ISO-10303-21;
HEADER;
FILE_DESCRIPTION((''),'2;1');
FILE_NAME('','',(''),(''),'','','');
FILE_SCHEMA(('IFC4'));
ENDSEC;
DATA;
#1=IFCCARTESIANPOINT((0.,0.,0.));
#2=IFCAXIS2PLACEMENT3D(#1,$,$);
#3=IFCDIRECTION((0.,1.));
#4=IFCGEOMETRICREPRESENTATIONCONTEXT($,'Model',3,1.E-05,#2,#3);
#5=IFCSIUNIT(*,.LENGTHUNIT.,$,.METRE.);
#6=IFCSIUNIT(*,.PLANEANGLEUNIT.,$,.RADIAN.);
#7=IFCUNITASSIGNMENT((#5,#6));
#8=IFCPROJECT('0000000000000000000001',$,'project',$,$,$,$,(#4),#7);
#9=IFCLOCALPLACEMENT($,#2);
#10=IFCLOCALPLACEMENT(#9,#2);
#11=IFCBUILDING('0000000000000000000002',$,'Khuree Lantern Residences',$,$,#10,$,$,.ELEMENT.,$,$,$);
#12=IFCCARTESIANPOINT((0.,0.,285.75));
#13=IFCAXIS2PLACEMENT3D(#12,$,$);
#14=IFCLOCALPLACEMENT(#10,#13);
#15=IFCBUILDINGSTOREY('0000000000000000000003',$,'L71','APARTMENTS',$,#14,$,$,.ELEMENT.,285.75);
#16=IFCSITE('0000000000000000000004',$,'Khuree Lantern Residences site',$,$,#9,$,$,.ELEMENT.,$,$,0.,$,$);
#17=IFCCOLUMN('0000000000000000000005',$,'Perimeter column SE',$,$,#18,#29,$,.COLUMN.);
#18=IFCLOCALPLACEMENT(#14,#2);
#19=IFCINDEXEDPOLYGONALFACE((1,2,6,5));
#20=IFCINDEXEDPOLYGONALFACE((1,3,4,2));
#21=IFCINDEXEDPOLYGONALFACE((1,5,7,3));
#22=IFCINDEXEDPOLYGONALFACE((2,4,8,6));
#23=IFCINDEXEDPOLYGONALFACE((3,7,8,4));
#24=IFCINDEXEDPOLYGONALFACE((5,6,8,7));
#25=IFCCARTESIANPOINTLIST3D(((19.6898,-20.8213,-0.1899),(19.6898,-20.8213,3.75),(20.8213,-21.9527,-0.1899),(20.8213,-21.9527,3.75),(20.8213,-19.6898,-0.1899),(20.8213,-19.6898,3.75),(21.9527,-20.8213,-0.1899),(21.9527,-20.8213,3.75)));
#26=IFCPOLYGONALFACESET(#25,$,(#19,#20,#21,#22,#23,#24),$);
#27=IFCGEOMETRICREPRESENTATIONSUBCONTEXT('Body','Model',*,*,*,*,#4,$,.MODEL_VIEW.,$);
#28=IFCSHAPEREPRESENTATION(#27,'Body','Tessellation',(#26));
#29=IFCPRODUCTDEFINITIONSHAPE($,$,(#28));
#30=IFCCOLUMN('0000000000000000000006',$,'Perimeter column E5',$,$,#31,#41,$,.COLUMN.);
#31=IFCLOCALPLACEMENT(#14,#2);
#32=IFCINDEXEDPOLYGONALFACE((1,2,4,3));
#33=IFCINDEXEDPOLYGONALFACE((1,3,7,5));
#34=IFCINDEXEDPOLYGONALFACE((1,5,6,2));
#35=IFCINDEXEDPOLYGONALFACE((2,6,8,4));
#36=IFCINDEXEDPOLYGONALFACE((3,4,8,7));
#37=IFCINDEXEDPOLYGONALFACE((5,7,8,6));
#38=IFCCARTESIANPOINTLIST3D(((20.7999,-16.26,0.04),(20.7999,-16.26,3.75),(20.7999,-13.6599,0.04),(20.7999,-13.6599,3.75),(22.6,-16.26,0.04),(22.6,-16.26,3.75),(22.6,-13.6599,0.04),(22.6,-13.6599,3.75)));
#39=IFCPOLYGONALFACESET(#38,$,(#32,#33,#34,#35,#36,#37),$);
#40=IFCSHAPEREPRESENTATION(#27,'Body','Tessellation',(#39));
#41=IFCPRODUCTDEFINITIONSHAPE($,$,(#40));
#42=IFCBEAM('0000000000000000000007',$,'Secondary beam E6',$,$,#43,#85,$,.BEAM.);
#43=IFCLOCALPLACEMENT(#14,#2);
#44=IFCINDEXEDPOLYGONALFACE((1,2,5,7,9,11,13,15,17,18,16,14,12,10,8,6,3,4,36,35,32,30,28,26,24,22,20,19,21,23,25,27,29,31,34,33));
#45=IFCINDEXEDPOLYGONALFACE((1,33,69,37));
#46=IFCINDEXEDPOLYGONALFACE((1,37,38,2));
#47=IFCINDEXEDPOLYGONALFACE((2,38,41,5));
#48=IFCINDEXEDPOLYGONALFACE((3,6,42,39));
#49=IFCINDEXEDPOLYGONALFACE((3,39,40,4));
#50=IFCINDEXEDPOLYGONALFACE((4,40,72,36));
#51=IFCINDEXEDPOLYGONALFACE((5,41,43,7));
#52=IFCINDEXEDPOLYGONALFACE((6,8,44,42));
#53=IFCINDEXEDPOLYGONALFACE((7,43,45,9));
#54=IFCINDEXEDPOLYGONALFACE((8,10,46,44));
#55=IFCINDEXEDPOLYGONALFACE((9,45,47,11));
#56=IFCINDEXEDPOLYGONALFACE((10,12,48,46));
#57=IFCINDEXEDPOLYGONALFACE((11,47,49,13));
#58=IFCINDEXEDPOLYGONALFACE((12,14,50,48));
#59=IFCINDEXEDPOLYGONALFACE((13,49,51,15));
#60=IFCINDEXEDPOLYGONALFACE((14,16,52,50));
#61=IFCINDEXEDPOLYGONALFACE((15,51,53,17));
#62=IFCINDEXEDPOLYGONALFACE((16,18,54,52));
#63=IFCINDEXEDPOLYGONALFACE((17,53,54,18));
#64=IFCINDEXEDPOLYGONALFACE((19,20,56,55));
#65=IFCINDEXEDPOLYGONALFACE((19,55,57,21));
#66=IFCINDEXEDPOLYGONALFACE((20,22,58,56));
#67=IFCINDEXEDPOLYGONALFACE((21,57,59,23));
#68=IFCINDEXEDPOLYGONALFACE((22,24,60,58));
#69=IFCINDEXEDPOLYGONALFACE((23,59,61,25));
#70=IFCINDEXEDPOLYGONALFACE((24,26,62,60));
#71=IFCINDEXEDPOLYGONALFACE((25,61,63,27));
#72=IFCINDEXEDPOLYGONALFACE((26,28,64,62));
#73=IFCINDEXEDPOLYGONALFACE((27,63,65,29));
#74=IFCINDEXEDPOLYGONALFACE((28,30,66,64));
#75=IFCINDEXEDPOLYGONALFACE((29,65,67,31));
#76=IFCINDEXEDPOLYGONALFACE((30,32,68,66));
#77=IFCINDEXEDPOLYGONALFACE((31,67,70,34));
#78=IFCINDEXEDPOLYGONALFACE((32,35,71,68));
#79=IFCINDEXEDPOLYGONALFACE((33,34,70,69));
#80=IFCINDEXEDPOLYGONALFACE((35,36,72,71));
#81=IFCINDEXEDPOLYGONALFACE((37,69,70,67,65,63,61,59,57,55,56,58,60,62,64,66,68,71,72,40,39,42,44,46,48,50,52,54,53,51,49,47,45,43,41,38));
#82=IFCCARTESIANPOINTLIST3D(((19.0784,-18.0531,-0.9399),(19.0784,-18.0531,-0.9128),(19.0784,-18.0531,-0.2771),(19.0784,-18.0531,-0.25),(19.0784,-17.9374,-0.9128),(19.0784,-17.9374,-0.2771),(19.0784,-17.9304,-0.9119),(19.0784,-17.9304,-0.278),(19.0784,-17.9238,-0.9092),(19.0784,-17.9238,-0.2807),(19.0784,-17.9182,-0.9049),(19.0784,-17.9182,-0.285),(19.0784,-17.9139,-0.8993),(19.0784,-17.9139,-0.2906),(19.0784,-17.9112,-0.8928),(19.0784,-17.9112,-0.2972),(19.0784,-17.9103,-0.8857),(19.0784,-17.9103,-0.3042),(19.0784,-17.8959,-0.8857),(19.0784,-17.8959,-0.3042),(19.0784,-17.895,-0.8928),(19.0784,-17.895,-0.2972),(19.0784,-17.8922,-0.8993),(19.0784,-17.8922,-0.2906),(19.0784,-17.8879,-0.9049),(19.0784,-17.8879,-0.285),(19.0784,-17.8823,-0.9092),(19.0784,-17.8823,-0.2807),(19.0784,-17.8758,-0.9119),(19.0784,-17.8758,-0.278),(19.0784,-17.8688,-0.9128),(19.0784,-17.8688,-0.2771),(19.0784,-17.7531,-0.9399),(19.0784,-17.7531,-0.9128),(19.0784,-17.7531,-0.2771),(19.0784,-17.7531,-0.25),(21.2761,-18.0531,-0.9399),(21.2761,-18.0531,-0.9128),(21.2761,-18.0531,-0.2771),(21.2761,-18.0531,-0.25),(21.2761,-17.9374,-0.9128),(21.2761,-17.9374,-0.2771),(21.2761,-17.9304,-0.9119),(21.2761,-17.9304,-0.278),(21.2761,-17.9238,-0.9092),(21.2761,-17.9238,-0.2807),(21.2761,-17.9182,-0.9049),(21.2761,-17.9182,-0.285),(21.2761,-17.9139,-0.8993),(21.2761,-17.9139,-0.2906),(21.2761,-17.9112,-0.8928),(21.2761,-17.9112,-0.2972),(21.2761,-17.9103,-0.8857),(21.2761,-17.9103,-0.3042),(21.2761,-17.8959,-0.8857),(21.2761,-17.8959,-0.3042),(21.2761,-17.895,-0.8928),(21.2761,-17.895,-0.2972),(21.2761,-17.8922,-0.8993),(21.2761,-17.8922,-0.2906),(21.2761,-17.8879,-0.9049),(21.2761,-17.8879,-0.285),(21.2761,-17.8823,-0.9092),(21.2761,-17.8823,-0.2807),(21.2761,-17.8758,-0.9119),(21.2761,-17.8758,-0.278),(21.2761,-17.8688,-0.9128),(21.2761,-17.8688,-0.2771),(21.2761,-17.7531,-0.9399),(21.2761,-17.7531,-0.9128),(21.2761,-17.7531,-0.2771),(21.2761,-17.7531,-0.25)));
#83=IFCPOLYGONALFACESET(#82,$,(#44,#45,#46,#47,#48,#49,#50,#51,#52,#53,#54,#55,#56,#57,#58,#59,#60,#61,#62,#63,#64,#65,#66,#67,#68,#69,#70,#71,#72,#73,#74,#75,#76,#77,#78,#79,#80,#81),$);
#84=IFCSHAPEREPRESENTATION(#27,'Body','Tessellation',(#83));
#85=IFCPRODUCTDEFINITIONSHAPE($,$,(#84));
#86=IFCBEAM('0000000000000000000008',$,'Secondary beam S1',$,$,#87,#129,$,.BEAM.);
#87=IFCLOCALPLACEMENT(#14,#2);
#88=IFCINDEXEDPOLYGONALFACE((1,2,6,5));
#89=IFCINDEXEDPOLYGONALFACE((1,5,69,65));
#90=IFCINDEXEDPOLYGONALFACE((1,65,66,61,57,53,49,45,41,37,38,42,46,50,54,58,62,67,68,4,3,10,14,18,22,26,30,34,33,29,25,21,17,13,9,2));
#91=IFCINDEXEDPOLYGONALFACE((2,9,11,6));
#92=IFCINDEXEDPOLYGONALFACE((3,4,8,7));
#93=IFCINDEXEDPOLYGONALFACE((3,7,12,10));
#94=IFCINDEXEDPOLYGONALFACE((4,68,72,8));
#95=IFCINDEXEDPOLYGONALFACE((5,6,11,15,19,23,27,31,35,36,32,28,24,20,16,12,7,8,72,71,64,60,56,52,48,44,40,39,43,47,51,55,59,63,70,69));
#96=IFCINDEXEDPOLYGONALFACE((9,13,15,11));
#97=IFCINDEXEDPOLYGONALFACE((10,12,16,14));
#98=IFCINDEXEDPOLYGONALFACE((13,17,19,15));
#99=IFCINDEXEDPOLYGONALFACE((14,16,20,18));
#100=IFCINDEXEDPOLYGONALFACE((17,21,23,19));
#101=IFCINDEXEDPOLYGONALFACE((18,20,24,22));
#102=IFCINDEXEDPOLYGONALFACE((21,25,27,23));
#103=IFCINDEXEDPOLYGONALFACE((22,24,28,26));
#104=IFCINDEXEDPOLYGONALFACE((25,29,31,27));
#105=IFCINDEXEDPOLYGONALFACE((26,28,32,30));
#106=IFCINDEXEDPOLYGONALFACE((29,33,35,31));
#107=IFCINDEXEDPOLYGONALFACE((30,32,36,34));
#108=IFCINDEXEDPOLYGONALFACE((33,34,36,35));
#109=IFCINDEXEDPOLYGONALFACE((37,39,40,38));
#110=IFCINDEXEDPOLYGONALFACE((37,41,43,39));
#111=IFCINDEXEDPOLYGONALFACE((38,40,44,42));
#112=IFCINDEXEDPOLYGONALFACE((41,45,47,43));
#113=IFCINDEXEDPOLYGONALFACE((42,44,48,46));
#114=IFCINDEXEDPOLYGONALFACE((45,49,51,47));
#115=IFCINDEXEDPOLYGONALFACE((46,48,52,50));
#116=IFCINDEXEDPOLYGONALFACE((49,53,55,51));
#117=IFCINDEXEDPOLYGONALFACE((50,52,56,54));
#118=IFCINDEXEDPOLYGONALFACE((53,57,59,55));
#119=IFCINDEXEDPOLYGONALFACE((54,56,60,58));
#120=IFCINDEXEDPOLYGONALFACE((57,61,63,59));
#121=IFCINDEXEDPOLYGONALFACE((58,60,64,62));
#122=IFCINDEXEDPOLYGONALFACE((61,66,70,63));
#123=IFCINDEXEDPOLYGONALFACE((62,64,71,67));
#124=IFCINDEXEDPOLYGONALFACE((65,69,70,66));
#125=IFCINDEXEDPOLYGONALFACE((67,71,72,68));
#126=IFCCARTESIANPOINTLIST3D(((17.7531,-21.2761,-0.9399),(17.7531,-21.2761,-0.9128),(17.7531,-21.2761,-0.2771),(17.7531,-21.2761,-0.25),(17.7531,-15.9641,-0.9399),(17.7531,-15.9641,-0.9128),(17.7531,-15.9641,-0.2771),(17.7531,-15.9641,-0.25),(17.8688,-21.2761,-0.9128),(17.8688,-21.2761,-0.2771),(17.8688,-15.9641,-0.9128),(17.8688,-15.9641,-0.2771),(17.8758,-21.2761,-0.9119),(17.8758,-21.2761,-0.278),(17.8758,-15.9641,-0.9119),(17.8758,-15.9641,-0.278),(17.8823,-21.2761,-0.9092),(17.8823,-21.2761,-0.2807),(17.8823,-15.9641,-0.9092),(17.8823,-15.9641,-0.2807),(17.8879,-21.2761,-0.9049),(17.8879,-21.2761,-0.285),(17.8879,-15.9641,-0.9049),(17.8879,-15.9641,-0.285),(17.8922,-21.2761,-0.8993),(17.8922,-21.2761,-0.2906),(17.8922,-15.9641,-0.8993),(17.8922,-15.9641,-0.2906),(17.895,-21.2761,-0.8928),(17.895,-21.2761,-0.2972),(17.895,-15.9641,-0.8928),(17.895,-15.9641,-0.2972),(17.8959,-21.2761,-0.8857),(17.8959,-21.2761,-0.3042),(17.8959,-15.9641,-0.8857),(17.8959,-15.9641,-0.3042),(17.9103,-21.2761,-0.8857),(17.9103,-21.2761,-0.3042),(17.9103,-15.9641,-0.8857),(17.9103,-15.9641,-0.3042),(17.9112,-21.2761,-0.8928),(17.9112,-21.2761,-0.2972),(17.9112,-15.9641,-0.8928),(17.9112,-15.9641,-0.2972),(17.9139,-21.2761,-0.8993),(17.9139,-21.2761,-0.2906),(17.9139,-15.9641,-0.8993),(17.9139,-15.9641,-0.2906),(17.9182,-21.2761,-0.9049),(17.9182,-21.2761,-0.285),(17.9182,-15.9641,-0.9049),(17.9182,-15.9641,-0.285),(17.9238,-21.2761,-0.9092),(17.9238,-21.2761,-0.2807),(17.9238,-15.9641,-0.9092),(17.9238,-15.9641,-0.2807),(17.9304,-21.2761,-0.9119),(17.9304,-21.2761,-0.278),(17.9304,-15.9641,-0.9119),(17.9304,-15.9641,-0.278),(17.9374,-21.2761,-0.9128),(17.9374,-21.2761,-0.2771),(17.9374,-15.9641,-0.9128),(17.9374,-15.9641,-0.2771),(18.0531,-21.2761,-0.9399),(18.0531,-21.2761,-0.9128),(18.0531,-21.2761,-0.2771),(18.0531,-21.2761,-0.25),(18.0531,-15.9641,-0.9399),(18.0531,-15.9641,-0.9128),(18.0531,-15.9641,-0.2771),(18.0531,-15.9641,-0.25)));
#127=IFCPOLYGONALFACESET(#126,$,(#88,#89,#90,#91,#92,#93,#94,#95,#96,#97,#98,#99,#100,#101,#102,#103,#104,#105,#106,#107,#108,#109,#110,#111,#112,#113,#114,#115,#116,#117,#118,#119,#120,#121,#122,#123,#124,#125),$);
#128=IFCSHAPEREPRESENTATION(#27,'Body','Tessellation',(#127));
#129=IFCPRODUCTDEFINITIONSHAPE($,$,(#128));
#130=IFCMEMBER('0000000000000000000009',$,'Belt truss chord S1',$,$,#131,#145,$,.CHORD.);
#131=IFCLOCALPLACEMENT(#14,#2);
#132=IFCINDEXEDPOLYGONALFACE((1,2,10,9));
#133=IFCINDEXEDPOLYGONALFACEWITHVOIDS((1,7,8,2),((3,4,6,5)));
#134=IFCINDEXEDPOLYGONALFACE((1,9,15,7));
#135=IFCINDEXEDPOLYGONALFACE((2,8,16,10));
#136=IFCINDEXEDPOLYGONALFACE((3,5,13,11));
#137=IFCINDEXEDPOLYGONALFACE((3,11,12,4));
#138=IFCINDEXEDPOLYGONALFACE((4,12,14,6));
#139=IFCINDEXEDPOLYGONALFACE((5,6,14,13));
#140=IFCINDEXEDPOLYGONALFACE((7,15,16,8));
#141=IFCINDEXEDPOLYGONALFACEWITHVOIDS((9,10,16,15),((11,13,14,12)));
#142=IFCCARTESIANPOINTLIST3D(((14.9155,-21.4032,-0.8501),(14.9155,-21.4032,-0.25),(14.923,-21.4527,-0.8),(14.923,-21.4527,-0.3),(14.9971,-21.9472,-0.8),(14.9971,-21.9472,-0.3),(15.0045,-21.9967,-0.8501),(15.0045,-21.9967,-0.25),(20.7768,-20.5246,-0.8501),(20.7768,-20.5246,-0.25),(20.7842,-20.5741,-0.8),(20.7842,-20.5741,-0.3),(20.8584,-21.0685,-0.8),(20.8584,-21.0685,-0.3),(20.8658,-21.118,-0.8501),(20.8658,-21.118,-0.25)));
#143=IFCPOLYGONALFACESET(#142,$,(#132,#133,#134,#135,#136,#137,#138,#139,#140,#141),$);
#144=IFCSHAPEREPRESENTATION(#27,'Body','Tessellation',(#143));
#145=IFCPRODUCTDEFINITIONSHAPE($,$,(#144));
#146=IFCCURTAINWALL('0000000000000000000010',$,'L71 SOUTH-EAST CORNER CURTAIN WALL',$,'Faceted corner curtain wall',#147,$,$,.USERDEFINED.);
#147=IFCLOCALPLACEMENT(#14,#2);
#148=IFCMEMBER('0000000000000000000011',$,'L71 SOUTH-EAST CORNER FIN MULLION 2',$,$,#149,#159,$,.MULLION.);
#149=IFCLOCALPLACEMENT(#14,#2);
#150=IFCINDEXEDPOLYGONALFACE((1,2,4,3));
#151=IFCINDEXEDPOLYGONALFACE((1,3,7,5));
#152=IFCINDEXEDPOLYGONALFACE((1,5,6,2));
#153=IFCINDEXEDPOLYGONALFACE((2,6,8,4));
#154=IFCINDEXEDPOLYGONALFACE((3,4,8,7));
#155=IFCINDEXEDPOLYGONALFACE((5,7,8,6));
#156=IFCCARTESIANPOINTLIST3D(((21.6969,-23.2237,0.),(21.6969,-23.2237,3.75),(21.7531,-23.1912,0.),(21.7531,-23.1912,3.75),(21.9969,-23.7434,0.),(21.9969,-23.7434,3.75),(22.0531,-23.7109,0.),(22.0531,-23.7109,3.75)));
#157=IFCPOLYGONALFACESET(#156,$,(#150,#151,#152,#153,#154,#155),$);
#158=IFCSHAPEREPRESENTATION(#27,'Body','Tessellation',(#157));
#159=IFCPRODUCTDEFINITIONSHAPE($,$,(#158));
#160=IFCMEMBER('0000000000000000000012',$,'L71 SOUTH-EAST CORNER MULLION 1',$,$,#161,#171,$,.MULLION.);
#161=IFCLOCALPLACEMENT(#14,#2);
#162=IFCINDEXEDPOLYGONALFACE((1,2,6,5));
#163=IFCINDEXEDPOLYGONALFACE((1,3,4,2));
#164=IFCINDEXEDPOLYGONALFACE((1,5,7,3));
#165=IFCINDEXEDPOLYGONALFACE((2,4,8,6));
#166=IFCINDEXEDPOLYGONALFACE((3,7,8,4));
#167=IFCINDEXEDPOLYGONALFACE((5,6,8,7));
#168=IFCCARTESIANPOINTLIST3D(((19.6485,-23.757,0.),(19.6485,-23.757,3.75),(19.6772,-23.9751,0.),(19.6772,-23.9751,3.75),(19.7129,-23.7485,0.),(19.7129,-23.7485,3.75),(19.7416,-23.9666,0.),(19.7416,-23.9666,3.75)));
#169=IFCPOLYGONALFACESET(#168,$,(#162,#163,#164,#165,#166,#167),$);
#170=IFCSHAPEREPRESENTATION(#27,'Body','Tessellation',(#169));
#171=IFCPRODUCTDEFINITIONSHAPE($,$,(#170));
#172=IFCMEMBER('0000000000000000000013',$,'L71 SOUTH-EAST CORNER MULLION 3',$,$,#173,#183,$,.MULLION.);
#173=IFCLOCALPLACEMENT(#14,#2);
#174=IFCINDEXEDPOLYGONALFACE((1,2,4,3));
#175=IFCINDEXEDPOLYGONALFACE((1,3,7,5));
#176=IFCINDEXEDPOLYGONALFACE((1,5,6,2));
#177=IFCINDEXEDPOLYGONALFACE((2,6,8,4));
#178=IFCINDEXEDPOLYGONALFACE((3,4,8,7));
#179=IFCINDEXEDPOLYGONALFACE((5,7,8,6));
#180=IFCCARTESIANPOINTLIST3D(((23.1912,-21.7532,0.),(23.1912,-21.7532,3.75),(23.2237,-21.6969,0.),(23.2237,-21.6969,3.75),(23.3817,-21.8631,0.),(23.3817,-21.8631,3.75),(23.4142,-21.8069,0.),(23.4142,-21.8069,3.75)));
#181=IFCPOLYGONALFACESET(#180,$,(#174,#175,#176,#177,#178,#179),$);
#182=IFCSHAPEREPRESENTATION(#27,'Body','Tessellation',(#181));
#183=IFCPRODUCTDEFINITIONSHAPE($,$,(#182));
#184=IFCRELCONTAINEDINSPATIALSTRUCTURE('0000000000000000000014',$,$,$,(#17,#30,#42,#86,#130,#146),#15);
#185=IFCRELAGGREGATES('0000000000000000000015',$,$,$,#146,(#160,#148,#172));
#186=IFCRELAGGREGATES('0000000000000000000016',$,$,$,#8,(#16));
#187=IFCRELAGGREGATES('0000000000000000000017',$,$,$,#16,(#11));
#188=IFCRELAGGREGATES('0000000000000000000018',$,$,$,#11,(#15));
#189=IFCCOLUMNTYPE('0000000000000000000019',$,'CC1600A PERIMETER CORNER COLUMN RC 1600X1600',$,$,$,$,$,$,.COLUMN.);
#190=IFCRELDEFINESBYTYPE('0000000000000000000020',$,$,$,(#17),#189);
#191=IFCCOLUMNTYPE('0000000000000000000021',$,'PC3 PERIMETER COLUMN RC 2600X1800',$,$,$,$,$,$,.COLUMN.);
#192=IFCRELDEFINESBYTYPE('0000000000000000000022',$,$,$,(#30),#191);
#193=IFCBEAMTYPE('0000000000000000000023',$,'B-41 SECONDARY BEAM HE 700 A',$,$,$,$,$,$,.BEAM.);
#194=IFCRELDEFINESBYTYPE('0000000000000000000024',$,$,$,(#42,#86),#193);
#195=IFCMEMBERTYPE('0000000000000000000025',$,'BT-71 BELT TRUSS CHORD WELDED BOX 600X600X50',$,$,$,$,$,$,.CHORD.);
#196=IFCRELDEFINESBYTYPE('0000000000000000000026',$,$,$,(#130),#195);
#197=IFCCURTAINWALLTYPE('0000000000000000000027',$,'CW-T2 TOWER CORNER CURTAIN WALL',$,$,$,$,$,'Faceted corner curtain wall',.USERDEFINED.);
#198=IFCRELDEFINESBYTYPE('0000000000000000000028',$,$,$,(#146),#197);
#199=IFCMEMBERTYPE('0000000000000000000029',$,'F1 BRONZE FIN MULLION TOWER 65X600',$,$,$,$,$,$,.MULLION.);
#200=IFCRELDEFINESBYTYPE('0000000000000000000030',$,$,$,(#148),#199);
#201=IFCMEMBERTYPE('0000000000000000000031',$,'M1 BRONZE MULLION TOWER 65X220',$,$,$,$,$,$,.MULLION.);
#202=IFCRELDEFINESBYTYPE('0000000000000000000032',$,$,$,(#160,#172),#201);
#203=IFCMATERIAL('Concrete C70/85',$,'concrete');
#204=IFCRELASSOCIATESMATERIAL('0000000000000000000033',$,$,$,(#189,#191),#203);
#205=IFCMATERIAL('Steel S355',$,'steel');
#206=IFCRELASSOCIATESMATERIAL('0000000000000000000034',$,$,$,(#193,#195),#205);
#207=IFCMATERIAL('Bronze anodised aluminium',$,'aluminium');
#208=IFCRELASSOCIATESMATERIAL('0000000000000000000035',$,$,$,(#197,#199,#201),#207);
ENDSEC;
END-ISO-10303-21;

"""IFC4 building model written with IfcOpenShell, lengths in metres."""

from ifc_helpers import new_model, si_unit, direction, frame, origin, origin_2d, place, context, subcontext, project, spatial, rectangle, hollow_rectangle, i_section, extrude, material, material_profile, profile_set, type_object, element, aggregate, save


model = new_model("IFC4")

# Units and contexts
model_context = context("Model", 3, precision=1e-05, world=origin(), true_north=direction((0.0, 1.0)))
body_context = subcontext(model_context, "Body", "Model", "MODEL_VIEW")
ifc_project = project(units=[si_unit("LENGTHUNIT", "METRE"), si_unit("PLANEANGLEUNIT", "RADIAN")], contexts=[model_context])

# Site, building, storey
site_placement = place(None, origin())
site = spatial("IfcSite", under=ifc_project, at=site_placement, Name="Khuree Lantern Residences site", CompositionType="ELEMENT", RefElevation=0.0)
building_placement = place(site_placement, origin())
building = spatial("IfcBuilding", under=site, at=building_placement, Name="Khuree Lantern Residences", CompositionType="ELEMENT")
storey_placement = place(building_placement, frame((0.0, 0.0, 285.75)))
storey = spatial("IfcBuildingStorey", under=building, at=storey_placement, Name="L71", Description="APARTMENTS", CompositionType="ELEMENT", Elevation=285.75)

# Columns
ifc_material_1 = material(Name="Concrete C70/85", Category="concrete")
ifc_material_profile_1 = material_profile(ifc_material_1, rectangle(XDim=1.6001, YDim=1.6001, at=origin_2d()), Name="RC 1600X1600")
ifc_profile_set_1 = profile_set([ifc_material_profile_1], Name="Concrete C70/85")
column_type_1 = type_object("IfcColumnType", Name="CC1600A PERIMETER CORNER COLUMN RC 1600X1600", PredefinedType="COLUMN", material=ifc_profile_set_1)
column_1_placement = place(storey_placement, frame((20.8213, -20.8213, -0.1899), z_axis=(0.0, 0.0, 1.0), x_axis=(0.707107, 0.707107, 0.0)))
element("IfcColumn", 1, at=column_1_placement, inside=storey, type_object=column_type_1, Name="Perimeter column SE", PredefinedType="COLUMN", context=body_context, shape_type="SweptSolid", body=[
    extrude(rectangle(XDim=1.6001, YDim=1.6001, at=origin_2d()), origin(), (0.0, 0.0, 1.0), 3.9399),
])
ifc_material_profile_2 = material_profile(ifc_material_1, rectangle(XDim=2.6001, YDim=1.8, at=origin_2d()), Name="RC 2600X1800")
ifc_profile_set_2 = profile_set([ifc_material_profile_2], Name="Concrete C70/85")
column_type_2 = type_object("IfcColumnType", Name="PC3 PERIMETER COLUMN RC 2600X1800", PredefinedType="COLUMN", material=ifc_profile_set_2)
column_2_placement = place(storey_placement, frame((21.7, -14.96, 0.04), z_axis=(0.0, 0.0, 1.0), x_axis=(0.0, 1.0, 0.0)))
element("IfcColumn", 2, at=column_2_placement, inside=storey, type_object=column_type_2, Name="Perimeter column E5", PredefinedType="COLUMN", context=body_context, shape_type="SweptSolid", body=[
    extrude(rectangle(XDim=2.6001, YDim=1.8, at=origin_2d()), origin(), (0.0, 0.0, 1.0), 3.71),
])

# Beams
ifc_material_2 = material(Name="Steel S355", Category="steel")
ifc_material_profile_3 = material_profile(ifc_material_2, i_section(OverallWidth=0.3, OverallDepth=0.6899, WebThickness=0.0144, FlangeThickness=0.0271, FilletRadius=0.0271, at=origin_2d()), Name="HE 700 A")
ifc_profile_set_3 = profile_set([ifc_material_profile_3], Name="Steel S355")
beam_type_1 = type_object("IfcBeamType", Name="B-41 SECONDARY BEAM HE 700 A", PredefinedType="BEAM", material=ifc_profile_set_3)
beam_1_placement = place(storey_placement, frame((21.2761, -17.9031, -0.595), z_axis=(-1.0, 0.0, 0.0), x_axis=(0.0, -1.0, 0.0)))
element("IfcBeam", 3, at=beam_1_placement, inside=storey, type_object=beam_type_1, Name="Secondary beam E6", PredefinedType="BEAM", context=body_context, shape_type="SweptSolid", body=[
    extrude(i_section(OverallWidth=0.3, OverallDepth=0.6899, WebThickness=0.0144, FlangeThickness=0.0271, FilletRadius=0.0271, at=origin_2d()), origin(), (0.0, 0.0, 1.0), 2.1978),
])
beam_2_placement = place(storey_placement, frame((17.9031, -21.2761, -0.595), z_axis=(0.0, 1.0, 0.0), x_axis=(-1.0, 0.0, 0.0)))
element("IfcBeam", 4, at=beam_2_placement, inside=storey, type_object=beam_type_1, Name="Secondary beam S1", PredefinedType="BEAM", context=body_context, shape_type="SweptSolid", body=[
    extrude(i_section(OverallWidth=0.3, OverallDepth=0.6899, WebThickness=0.0144, FlangeThickness=0.0271, FilletRadius=0.0271, at=origin_2d()), origin(), (0.0, 0.0, 1.0), 5.312),
])

# Member
ifc_material_profile_4 = material_profile(ifc_material_2, hollow_rectangle(XDim=0.6001, YDim=0.6001, WallThickness=0.05, at=origin_2d()), Name="WELDED BOX 600X600X50")
ifc_profile_set_4 = profile_set([ifc_material_profile_4], Name="Steel S355")
member_type_1 = type_object("IfcMemberType", Name="BT-71 BELT TRUSS CHORD WELDED BOX 600X600X50", PredefinedType="CHORD", material=ifc_profile_set_4)
member_1_placement = place(storey_placement, frame((20.8213, -20.8213, -0.55), z_axis=(-0.98895, -0.148252, 0.0), x_axis=(0.148252, -0.98895, 0.0)))
element("IfcMember", 5, at=member_1_placement, inside=storey, type_object=member_type_1, Name="Belt truss chord S1", PredefinedType="CHORD", context=body_context, shape_type="SweptSolid", body=[
    extrude(hollow_rectangle(XDim=0.6001, YDim=0.6001, WallThickness=0.05, at=origin_2d()), origin(), (0.0, 0.0, 1.0), 5.9268),
])

# Curtain wall, members
ifc_material_3 = material(Name="Bronze anodised aluminium", Category="aluminium")
curtain_wall_type_1 = type_object("IfcCurtainWallType", Name="CW-T2 TOWER CORNER CURTAIN WALL", ElementType="Faceted corner curtain wall", PredefinedType="USERDEFINED", material=ifc_material_3)
curtain_wall_1_placement = place(storey_placement, origin())
curtain_wall_1 = element("IfcCurtainWall", 6, at=curtain_wall_1_placement, inside=storey, type_object=curtain_wall_type_1, Name="L71 SOUTH-EAST CORNER CURTAIN WALL", ObjectType="Faceted corner curtain wall", PredefinedType="USERDEFINED")
ifc_material_profile_5 = material_profile(ifc_material_3, rectangle(XDim=0.0649, YDim=0.6001, at=origin_2d()), Name="F1 65X600")
ifc_profile_set_5 = profile_set([ifc_material_profile_5], Name="Bronze anodised aluminium")
member_type_2 = type_object("IfcMemberType", Name="F1 BRONZE FIN MULLION TOWER 65X600", PredefinedType="MULLION", material=ifc_profile_set_5)
member_2_placement = place(storey_placement, frame((21.875, -23.4673, 0.0), z_axis=(0.0, 0.0, 1.0), x_axis=(0.866025, 0.5, 0.0)))
member_2 = element("IfcMember", 7, at=member_2_placement, type_object=member_type_2, Name="L71 SOUTH-EAST CORNER FIN MULLION 2", PredefinedType="MULLION", context=body_context, shape_type="SweptSolid", body=[
    extrude(rectangle(XDim=0.0649, YDim=0.6001, at=origin_2d()), origin(), (0.0, 0.0, 1.0), 3.75),
])
ifc_material_profile_6 = material_profile(ifc_material_3, rectangle(XDim=0.0649, YDim=0.22, at=origin_2d()), Name="M1 65X220")
ifc_profile_set_6 = profile_set([ifc_material_profile_6], Name="Bronze anodised aluminium")
member_type_3 = type_object("IfcMemberType", Name="M1 BRONZE MULLION TOWER 65X220", PredefinedType="MULLION", material=ifc_profile_set_6)
member_3_placement = place(storey_placement, frame((19.6951, -23.8618, 0.0), z_axis=(0.0, 0.0, 1.0), x_axis=(0.991445, 0.130526, 0.0)))
member_3 = element("IfcMember", 8, at=member_3_placement, type_object=member_type_3, Name="L71 SOUTH-EAST CORNER MULLION 1", PredefinedType="MULLION", context=body_context, shape_type="SweptSolid", body=[
    extrude(rectangle(XDim=0.0649, YDim=0.22, at=origin_2d()), origin(), (0.0, 0.0, 1.0), 3.75),
])
member_4_placement = place(storey_placement, frame((23.3027, -21.78, 0.0), z_axis=(0.0, 0.0, 1.0), x_axis=(0.5, 0.866025, 0.0)))
member_4 = element("IfcMember", 9, at=member_4_placement, type_object=member_type_3, Name="L71 SOUTH-EAST CORNER MULLION 3", PredefinedType="MULLION", context=body_context, shape_type="SweptSolid", body=[
    extrude(rectangle(XDim=0.0649, YDim=0.22, at=origin_2d()), origin(), (0.0, 0.0, 1.0), 3.75),
])

aggregate(curtain_wall_1, [member_3, member_2, member_4])

save(model, "model.ifc")
